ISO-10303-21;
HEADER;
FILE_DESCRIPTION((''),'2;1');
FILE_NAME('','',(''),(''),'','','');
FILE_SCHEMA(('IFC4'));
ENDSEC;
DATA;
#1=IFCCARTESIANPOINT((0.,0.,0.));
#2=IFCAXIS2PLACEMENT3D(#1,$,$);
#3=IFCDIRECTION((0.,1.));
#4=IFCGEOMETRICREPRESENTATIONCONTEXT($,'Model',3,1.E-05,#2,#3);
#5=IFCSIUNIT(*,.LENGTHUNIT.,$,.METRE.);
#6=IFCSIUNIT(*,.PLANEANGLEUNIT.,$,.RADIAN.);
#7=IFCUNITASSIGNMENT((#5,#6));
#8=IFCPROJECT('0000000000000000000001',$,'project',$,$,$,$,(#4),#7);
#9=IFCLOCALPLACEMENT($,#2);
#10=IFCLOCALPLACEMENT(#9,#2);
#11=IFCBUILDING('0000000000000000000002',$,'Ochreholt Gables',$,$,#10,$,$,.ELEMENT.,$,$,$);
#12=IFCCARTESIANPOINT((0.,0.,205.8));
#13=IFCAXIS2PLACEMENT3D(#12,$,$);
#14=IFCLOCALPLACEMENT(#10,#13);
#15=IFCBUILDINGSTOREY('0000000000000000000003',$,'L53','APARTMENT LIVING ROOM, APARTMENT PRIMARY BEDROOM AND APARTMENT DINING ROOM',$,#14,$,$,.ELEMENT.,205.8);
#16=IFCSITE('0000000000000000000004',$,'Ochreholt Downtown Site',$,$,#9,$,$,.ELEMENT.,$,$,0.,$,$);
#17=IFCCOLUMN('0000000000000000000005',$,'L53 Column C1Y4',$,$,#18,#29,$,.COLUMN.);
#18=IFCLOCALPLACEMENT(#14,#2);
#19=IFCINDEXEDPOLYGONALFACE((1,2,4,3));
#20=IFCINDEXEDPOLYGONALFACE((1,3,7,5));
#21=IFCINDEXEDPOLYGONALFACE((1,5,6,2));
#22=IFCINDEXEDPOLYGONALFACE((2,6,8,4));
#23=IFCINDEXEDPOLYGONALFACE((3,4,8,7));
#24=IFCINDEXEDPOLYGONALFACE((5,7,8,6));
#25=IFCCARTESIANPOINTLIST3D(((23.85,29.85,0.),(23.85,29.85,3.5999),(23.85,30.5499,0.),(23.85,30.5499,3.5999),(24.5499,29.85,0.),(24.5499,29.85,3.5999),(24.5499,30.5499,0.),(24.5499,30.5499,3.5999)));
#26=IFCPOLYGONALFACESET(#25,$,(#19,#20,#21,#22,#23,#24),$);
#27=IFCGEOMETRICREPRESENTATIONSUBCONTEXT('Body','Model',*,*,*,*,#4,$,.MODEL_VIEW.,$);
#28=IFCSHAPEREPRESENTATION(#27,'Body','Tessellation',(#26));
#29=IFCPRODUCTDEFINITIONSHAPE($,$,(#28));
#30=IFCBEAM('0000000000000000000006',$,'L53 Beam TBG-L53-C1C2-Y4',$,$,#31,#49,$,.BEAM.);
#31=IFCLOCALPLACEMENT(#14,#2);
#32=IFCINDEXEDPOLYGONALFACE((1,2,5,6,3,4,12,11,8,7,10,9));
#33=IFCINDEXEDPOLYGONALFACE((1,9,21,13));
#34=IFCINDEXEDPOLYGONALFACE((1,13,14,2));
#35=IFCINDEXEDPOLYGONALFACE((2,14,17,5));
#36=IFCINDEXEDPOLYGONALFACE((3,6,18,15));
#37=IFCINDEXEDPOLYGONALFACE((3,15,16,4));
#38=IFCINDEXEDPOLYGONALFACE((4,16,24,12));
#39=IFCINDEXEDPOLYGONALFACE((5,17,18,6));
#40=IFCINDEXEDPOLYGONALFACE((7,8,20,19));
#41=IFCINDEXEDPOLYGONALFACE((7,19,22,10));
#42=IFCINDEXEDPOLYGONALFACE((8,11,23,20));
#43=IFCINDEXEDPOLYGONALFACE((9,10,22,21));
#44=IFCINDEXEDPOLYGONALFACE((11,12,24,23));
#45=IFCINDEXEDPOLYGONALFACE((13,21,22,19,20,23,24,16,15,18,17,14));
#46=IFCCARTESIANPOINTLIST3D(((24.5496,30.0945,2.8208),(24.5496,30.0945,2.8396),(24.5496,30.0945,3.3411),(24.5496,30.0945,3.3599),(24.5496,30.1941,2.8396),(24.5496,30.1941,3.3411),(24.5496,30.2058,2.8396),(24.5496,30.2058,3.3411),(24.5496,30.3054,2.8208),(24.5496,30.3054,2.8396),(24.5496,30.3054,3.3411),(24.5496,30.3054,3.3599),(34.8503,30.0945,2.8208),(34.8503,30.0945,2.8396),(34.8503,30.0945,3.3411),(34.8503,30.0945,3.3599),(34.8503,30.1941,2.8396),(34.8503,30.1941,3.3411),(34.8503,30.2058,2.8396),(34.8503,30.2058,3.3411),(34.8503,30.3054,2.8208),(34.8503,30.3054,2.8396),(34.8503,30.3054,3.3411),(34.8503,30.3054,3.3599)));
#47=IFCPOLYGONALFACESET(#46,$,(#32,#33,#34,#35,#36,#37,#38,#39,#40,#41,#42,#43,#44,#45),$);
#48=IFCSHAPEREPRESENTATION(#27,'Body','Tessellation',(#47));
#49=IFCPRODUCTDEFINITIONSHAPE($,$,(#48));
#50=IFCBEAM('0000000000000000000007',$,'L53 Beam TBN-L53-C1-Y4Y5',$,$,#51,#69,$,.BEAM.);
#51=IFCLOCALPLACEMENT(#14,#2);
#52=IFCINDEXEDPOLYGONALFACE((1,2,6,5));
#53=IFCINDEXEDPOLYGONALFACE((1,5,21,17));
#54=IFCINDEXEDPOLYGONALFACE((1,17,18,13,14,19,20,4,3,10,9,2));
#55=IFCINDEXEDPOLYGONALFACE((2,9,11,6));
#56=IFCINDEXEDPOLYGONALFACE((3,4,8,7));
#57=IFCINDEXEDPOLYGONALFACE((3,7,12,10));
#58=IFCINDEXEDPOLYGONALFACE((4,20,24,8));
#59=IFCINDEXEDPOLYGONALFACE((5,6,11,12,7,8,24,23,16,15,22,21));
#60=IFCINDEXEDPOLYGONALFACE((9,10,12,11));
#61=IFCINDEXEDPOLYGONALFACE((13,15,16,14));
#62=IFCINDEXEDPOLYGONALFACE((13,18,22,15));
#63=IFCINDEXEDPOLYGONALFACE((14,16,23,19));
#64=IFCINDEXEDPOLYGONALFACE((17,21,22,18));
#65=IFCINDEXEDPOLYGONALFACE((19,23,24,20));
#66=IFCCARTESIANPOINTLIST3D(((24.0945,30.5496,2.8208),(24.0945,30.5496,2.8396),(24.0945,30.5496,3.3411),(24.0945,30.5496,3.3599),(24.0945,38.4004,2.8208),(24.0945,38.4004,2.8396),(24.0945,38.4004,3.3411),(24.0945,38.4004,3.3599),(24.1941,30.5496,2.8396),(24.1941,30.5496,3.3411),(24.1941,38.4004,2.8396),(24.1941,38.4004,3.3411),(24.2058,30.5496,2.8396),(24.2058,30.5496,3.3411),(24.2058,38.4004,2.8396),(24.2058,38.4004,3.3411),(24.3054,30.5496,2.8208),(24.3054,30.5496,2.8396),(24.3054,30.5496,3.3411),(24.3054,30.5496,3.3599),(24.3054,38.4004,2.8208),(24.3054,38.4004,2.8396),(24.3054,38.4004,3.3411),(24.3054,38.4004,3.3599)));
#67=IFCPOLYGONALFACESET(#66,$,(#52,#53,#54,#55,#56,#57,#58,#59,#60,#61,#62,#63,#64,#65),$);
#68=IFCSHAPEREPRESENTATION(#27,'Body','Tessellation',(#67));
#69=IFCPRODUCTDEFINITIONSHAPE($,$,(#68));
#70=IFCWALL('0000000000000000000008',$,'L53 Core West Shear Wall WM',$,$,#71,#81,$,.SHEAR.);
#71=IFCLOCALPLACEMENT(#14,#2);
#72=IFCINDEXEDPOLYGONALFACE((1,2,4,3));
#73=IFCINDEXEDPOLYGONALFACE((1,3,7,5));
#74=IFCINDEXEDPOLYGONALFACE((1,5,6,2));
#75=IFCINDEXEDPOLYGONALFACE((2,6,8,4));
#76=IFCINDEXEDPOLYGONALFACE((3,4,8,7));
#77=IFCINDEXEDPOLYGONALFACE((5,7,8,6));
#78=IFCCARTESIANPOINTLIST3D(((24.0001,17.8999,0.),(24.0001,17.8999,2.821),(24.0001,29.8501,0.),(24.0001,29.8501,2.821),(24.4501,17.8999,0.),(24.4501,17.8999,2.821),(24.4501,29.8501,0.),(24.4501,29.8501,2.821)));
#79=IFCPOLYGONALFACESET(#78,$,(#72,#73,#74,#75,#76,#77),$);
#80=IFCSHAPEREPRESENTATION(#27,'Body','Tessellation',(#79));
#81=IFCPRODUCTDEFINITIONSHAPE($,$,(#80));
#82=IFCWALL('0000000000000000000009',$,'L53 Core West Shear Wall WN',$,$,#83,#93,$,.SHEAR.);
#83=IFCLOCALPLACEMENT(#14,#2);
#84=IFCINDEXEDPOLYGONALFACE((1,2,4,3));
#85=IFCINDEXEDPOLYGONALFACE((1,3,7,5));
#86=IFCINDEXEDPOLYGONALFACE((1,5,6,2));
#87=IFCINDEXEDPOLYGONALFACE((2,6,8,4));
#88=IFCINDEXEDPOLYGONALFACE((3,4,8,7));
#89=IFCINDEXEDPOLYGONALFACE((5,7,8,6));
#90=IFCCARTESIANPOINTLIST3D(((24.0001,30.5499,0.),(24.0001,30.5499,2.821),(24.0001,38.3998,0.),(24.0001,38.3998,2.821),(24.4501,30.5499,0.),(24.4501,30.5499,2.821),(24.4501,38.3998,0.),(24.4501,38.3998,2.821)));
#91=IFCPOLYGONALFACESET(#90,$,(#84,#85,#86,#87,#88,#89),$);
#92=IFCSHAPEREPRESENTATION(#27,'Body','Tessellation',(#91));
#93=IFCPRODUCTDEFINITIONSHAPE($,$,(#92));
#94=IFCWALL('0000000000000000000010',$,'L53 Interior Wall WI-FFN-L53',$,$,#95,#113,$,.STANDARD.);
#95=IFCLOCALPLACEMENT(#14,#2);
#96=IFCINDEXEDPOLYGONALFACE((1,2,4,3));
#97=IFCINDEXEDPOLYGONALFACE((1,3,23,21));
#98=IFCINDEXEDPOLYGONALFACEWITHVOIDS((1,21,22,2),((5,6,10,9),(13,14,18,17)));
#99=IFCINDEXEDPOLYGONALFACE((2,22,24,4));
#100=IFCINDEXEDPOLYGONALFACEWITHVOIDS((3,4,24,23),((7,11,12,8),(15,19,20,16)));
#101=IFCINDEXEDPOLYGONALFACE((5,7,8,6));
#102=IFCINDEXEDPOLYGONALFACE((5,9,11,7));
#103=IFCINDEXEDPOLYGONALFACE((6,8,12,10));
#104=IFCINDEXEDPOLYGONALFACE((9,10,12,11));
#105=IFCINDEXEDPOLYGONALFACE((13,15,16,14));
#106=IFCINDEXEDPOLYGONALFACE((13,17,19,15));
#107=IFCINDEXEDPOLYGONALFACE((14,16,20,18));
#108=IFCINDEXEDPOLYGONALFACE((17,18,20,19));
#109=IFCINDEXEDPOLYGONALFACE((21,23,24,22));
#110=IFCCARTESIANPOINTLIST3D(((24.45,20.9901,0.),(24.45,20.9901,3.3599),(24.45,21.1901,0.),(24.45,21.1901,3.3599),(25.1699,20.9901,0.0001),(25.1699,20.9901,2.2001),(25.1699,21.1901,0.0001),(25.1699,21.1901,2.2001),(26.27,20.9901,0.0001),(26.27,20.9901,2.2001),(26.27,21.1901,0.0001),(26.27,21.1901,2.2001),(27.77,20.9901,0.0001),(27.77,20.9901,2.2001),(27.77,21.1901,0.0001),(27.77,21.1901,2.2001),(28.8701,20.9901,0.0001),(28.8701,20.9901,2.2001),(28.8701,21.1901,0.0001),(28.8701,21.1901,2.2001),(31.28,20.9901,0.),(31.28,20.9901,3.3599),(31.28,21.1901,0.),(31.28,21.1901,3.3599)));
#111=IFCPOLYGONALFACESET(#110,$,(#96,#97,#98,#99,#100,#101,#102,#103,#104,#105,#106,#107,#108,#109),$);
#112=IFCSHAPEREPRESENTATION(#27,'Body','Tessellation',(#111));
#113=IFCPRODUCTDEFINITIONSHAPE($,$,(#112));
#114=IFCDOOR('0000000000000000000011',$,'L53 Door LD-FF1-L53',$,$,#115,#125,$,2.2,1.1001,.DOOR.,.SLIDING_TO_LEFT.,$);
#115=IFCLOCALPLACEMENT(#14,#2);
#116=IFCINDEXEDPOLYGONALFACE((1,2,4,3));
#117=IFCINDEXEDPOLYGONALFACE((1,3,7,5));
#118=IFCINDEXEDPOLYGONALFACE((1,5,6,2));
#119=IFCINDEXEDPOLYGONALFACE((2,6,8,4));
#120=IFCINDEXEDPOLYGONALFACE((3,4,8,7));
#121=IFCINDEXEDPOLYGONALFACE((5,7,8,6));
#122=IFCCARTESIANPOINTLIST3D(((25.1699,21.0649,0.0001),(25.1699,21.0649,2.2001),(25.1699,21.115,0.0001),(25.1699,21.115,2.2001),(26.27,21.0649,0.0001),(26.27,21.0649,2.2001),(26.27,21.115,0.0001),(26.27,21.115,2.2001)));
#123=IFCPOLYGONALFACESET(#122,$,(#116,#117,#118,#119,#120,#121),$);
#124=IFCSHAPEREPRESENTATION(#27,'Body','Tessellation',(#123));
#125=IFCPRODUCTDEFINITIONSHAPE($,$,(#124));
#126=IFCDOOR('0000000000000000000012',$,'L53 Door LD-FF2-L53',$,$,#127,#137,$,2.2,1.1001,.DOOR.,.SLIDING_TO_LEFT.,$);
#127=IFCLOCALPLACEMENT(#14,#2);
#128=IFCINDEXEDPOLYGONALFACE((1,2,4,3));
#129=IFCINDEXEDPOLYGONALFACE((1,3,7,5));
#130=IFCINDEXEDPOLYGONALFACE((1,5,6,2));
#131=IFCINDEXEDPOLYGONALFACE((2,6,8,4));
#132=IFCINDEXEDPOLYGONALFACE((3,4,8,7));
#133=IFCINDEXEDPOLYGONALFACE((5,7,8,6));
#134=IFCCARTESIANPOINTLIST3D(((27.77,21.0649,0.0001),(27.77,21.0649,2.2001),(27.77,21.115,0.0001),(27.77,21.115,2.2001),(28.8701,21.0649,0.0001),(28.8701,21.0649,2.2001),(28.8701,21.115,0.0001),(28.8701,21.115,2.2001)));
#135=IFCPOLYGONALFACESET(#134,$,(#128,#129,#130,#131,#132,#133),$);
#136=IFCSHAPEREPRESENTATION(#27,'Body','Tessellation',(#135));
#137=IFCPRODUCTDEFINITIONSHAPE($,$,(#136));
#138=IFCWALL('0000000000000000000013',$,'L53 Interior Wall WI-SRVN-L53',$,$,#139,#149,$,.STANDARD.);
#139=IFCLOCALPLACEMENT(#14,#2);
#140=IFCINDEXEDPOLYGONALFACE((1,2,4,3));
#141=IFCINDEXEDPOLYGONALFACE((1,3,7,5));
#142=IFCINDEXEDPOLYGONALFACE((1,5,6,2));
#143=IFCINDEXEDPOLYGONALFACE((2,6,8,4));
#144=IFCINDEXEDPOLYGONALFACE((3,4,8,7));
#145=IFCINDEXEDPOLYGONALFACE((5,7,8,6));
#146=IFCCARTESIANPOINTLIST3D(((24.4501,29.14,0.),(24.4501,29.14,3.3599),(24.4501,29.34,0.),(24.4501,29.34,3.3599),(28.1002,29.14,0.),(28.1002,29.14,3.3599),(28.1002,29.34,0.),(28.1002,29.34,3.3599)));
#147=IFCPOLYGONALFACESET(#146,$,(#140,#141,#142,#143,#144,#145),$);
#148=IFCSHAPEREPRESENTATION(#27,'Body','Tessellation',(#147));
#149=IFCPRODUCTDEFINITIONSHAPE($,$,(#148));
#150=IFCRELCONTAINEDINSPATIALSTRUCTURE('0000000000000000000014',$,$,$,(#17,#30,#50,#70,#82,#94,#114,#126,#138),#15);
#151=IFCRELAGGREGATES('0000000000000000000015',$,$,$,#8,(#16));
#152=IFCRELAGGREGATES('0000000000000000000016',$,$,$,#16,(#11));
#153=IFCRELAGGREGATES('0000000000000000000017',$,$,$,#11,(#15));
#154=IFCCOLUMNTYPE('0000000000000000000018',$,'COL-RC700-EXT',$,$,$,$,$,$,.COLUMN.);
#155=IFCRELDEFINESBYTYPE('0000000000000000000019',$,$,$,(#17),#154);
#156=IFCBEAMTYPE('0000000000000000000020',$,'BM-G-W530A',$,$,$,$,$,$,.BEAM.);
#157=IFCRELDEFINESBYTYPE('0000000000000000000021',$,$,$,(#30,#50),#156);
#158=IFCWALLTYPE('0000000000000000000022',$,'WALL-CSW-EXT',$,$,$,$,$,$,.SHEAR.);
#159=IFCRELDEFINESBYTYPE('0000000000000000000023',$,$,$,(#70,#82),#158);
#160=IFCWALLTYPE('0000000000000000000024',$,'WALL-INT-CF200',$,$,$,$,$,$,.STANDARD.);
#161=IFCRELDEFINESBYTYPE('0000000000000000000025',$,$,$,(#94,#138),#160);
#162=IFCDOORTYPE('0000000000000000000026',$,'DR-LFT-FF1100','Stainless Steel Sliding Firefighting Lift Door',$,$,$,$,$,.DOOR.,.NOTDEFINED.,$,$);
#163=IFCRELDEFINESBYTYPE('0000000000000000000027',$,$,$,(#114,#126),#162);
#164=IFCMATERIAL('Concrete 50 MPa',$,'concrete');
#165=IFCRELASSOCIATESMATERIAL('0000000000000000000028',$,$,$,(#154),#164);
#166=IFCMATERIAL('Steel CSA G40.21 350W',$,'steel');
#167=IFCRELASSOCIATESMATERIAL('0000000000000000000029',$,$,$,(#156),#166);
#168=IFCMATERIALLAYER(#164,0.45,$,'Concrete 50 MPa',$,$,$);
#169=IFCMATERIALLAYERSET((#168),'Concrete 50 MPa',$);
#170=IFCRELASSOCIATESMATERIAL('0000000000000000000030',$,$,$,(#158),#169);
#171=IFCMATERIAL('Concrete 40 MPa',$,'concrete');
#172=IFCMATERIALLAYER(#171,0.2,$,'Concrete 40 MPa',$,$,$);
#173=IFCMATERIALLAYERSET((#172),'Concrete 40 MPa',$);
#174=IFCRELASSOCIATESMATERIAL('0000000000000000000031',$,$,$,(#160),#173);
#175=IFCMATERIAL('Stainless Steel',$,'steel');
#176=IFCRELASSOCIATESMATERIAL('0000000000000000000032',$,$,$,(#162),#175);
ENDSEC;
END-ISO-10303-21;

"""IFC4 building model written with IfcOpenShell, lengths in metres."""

from ifc_helpers import new_model, si_unit, direction, frame, frame_2d, origin, origin_2d, place, context, subcontext, project, spatial, rectangle, i_section, extrude, material, layer, layer_set, material_profile, profile_set, type_object, element, fill, save


model = new_model("IFC4")

# Units and contexts
model_context = context("Model", 3, precision=1e-05, world=origin(), true_north=direction((0.0, 1.0)))
body_context = subcontext(model_context, "Body", "Model", "MODEL_VIEW")
ifc_project = project(units=[si_unit("LENGTHUNIT", "METRE"), si_unit("PLANEANGLEUNIT", "RADIAN")], contexts=[model_context])

# Site, building, storey
site_placement = place(None, origin())
site = spatial("IfcSite", under=ifc_project, at=site_placement, Name="Ochreholt Downtown Site", CompositionType="ELEMENT", RefElevation=0.0)
building_placement = place(site_placement, origin())
building = spatial("IfcBuilding", under=site, at=building_placement, Name="Ochreholt Gables", CompositionType="ELEMENT")
storey_placement = place(building_placement, frame((0.0, 0.0, 205.8)))
storey = spatial("IfcBuildingStorey", under=building, at=storey_placement, Name="L53", Description="APARTMENT LIVING ROOM, APARTMENT PRIMARY BEDROOM AND APARTMENT DINING ROOM", CompositionType="ELEMENT", Elevation=205.8)

# Column
ifc_material_1 = material(Name="Concrete 50 MPa", Category="concrete")
ifc_material_profile_1 = material_profile(ifc_material_1, rectangle(XDim=0.7, YDim=0.7, at=origin_2d()), Name="RC700X700")
ifc_profile_set_1 = profile_set([ifc_material_profile_1], Name="Concrete 50 MPa")
column_type = type_object("IfcColumnType", Name="COL-RC700-EXT", PredefinedType="COLUMN", material=ifc_profile_set_1)
column_placement = place(storey_placement, frame((24.2, 30.2, 0.0), z_axis=(0.0, 0.0, 1.0), x_axis=(1.0, 0.0, 0.0)))
element("IfcColumn", 1, at=column_placement, inside=storey, type_object=column_type, Name="L53 Column C1Y4", PredefinedType="COLUMN", context=body_context, shape_type="SweptSolid", body=[
    extrude(rectangle(XDim=0.7, YDim=0.7, at=origin_2d()), origin(), (0.0, 0.0, 1.0), 3.5999),
])

# Beams
ifc_material_2 = material(Name="Steel CSA G40.21 350W", Category="steel")
ifc_material_profile_2 = material_profile(ifc_material_2, i_section(OverallWidth=0.2109, OverallDepth=0.5391, WebThickness=0.0117, FlangeThickness=0.0188, at=origin_2d()), Name="W530X109")
ifc_profile_set_2 = profile_set([ifc_material_profile_2], Name="Steel CSA G40.21 350W")
beam_type = type_object("IfcBeamType", Name="BM-G-W530A", PredefinedType="BEAM", material=ifc_profile_set_2)
beam_1_placement = place(storey_placement, frame((24.5496, 30.2, 3.0903), z_axis=(1.0, 0.0, 0.0), x_axis=(0.0, 1.0, 0.0)))
element("IfcBeam", 2, at=beam_1_placement, inside=storey, type_object=beam_type, Name="L53 Beam TBG-L53-C1C2-Y4", PredefinedType="BEAM", context=body_context, shape_type="SweptSolid", body=[
    extrude(i_section(OverallWidth=0.2109, OverallDepth=0.5391, WebThickness=0.0117, FlangeThickness=0.0188, at=origin_2d()), origin(), (0.0, 0.0, 1.0), 10.3008),
])
beam_2_placement = place(storey_placement, frame((24.2, 30.5496, 3.0903), z_axis=(0.0, 1.0, 0.0), x_axis=(-1.0, 0.0, 0.0)))
element("IfcBeam", 3, at=beam_2_placement, inside=storey, type_object=beam_type, Name="L53 Beam TBN-L53-C1-Y4Y5", PredefinedType="BEAM", context=body_context, shape_type="SweptSolid", body=[
    extrude(i_section(OverallWidth=0.2109, OverallDepth=0.5391, WebThickness=0.0117, FlangeThickness=0.0188, at=origin_2d()), origin(), (0.0, 0.0, 1.0), 7.8508),
])

# Walls
ifc_layer_1 = layer(ifc_material_1, 0.45, Name="Concrete 50 MPa")
ifc_layer_set_1 = layer_set([ifc_layer_1], Name="Concrete 50 MPa")
wall_type_1 = type_object("IfcWallType", Name="WALL-CSW-EXT", PredefinedType="SHEAR", material=ifc_layer_set_1)
wall_1_placement = place(storey_placement, frame((24.2251, 17.8999, 0.0), z_axis=(0.0, 0.0, 1.0), x_axis=(0.0, 1.0, 0.0)))
element("IfcWall", 4, at=wall_1_placement, inside=storey, type_object=wall_type_1, Name="L53 Core West Shear Wall WM", PredefinedType="SHEAR", context=body_context, shape_type="SweptSolid", body=[
    extrude(rectangle(XDim=11.9502, YDim=0.45, at=frame_2d((5.9751, 0.0))), origin(), (0.0, 0.0, 1.0), 2.821),
])
wall_2_placement = place(storey_placement, frame((24.2251, 30.55, 0.0), z_axis=(0.0, 0.0, 1.0), x_axis=(0.0, 1.0, 0.0)))
element("IfcWall", 5, at=wall_2_placement, inside=storey, type_object=wall_type_1, Name="L53 Core West Shear Wall WN", PredefinedType="SHEAR", context=body_context, shape_type="SweptSolid", body=[
    extrude(rectangle(XDim=7.8499, YDim=0.45, at=frame_2d((3.9248, 0.0))), origin(), (0.0, 0.0, 1.0), 2.821),
])

# Wall, openings, doors
ifc_material_3 = material(Name="Concrete 40 MPa", Category="concrete")
ifc_layer_2 = layer(ifc_material_3, 0.2, Name="Concrete 40 MPa")
ifc_layer_set_2 = layer_set([ifc_layer_2], Name="Concrete 40 MPa")
wall_type_2 = type_object("IfcWallType", Name="WALL-INT-CF200", PredefinedType="STANDARD", material=ifc_layer_set_2)
wall_3_placement = place(storey_placement, frame((24.45, 21.0901, 0.0), z_axis=(0.0, 0.0, 1.0), x_axis=(1.0, 0.0, 0.0)))
wall_3 = element("IfcWall", 6, at=wall_3_placement, inside=storey, type_object=wall_type_2, Name="L53 Interior Wall WI-FFN-L53", PredefinedType="STANDARD", context=body_context, shape_type="SweptSolid", body=[
    extrude(rectangle(XDim=6.8301, YDim=0.2, at=frame_2d((3.415, 0.0))), origin(), (0.0, 0.0, 1.0), 3.3599),
])
opening_1_placement = place(wall_3_placement, frame((0.72, 0.0, 0.0)))
opening_1 = element("IfcOpeningElement", 7, at=opening_1_placement, cuts=wall_3, PredefinedType="OPENING", context=body_context, shape_type="SweptSolid", body=[
    extrude(rectangle(XDim=1.1001, YDim=2.2, at=frame_2d((0.55, 1.1001))), frame((0.0, 0.1099, 0.0), z_axis=(0.0, -1.0, 0.0), x_axis=(1.0, 0.0, 0.0)), (0.0, 0.0, 1.0), 0.22),
])
opening_2_placement = place(wall_3_placement, frame((3.3201, 0.0, 0.0)))
opening_2 = element("IfcOpeningElement", 8, at=opening_2_placement, cuts=wall_3, PredefinedType="OPENING", context=body_context, shape_type="SweptSolid", body=[
    extrude(rectangle(XDim=1.1001, YDim=2.2, at=frame_2d((0.55, 1.1001))), frame((0.0, 0.1099, 0.0), z_axis=(0.0, -1.0, 0.0), x_axis=(1.0, 0.0, 0.0)), (0.0, 0.0, 1.0), 0.22),
])
ifc_material_4 = material(Name="Stainless Steel", Category="steel")
door_type_1 = type_object("IfcDoorType", Name="DR-LFT-FF1100", Description="Stainless Steel Sliding Firefighting Lift Door", OperationType="NOTDEFINED", PredefinedType="DOOR", material=ifc_material_4)
door_1_placement = place(opening_1_placement, origin())
door_1 = element("IfcDoor", 9, at=door_1_placement, inside=storey, type_object=door_type_1, Name="L53 Door LD-FF1-L53", OperationType="SLIDING_TO_LEFT", OverallHeight=2.2, OverallWidth=1.1001, PredefinedType="DOOR", context=body_context, shape_type="SweptSolid", body=[
    extrude(rectangle(XDim=1.1001, YDim=2.2, at=frame_2d((0.55, 1.1001))), frame((0.0, 0.0249, 0.0), z_axis=(0.0, -1.0, 0.0), x_axis=(1.0, 0.0, 0.0)), (0.0, 0.0, 1.0), 0.05),
])
fill(opening_1, door_1)
door_2_placement = place(opening_2_placement, origin())
door_2 = element("IfcDoor", 10, at=door_2_placement, inside=storey, type_object=door_type_1, Name="L53 Door LD-FF2-L53", OperationType="SLIDING_TO_LEFT", OverallHeight=2.2, OverallWidth=1.1001, PredefinedType="DOOR", context=body_context, shape_type="SweptSolid", body=[
    extrude(rectangle(XDim=1.1001, YDim=2.2, at=frame_2d((0.55, 1.1001))), frame((0.0, 0.0249, 0.0), z_axis=(0.0, -1.0, 0.0), x_axis=(1.0, 0.0, 0.0)), (0.0, 0.0, 1.0), 0.05),
])
fill(opening_2, door_2)

# Wall
wall_4_placement = place(storey_placement, frame((24.45, 29.24, 0.0), z_axis=(0.0, 0.0, 1.0), x_axis=(1.0, 0.0, 0.0)))
element("IfcWall", 11, at=wall_4_placement, inside=storey, type_object=wall_type_2, Name="L53 Interior Wall WI-SRVN-L53", PredefinedType="STANDARD", context=body_context, shape_type="SweptSolid", body=[
    extrude(rectangle(XDim=3.6501, YDim=0.2, at=frame_2d((1.8252, 0.0))), origin(), (0.0, 0.0, 1.0), 3.3599),
])

save(model, "model.ifc")
